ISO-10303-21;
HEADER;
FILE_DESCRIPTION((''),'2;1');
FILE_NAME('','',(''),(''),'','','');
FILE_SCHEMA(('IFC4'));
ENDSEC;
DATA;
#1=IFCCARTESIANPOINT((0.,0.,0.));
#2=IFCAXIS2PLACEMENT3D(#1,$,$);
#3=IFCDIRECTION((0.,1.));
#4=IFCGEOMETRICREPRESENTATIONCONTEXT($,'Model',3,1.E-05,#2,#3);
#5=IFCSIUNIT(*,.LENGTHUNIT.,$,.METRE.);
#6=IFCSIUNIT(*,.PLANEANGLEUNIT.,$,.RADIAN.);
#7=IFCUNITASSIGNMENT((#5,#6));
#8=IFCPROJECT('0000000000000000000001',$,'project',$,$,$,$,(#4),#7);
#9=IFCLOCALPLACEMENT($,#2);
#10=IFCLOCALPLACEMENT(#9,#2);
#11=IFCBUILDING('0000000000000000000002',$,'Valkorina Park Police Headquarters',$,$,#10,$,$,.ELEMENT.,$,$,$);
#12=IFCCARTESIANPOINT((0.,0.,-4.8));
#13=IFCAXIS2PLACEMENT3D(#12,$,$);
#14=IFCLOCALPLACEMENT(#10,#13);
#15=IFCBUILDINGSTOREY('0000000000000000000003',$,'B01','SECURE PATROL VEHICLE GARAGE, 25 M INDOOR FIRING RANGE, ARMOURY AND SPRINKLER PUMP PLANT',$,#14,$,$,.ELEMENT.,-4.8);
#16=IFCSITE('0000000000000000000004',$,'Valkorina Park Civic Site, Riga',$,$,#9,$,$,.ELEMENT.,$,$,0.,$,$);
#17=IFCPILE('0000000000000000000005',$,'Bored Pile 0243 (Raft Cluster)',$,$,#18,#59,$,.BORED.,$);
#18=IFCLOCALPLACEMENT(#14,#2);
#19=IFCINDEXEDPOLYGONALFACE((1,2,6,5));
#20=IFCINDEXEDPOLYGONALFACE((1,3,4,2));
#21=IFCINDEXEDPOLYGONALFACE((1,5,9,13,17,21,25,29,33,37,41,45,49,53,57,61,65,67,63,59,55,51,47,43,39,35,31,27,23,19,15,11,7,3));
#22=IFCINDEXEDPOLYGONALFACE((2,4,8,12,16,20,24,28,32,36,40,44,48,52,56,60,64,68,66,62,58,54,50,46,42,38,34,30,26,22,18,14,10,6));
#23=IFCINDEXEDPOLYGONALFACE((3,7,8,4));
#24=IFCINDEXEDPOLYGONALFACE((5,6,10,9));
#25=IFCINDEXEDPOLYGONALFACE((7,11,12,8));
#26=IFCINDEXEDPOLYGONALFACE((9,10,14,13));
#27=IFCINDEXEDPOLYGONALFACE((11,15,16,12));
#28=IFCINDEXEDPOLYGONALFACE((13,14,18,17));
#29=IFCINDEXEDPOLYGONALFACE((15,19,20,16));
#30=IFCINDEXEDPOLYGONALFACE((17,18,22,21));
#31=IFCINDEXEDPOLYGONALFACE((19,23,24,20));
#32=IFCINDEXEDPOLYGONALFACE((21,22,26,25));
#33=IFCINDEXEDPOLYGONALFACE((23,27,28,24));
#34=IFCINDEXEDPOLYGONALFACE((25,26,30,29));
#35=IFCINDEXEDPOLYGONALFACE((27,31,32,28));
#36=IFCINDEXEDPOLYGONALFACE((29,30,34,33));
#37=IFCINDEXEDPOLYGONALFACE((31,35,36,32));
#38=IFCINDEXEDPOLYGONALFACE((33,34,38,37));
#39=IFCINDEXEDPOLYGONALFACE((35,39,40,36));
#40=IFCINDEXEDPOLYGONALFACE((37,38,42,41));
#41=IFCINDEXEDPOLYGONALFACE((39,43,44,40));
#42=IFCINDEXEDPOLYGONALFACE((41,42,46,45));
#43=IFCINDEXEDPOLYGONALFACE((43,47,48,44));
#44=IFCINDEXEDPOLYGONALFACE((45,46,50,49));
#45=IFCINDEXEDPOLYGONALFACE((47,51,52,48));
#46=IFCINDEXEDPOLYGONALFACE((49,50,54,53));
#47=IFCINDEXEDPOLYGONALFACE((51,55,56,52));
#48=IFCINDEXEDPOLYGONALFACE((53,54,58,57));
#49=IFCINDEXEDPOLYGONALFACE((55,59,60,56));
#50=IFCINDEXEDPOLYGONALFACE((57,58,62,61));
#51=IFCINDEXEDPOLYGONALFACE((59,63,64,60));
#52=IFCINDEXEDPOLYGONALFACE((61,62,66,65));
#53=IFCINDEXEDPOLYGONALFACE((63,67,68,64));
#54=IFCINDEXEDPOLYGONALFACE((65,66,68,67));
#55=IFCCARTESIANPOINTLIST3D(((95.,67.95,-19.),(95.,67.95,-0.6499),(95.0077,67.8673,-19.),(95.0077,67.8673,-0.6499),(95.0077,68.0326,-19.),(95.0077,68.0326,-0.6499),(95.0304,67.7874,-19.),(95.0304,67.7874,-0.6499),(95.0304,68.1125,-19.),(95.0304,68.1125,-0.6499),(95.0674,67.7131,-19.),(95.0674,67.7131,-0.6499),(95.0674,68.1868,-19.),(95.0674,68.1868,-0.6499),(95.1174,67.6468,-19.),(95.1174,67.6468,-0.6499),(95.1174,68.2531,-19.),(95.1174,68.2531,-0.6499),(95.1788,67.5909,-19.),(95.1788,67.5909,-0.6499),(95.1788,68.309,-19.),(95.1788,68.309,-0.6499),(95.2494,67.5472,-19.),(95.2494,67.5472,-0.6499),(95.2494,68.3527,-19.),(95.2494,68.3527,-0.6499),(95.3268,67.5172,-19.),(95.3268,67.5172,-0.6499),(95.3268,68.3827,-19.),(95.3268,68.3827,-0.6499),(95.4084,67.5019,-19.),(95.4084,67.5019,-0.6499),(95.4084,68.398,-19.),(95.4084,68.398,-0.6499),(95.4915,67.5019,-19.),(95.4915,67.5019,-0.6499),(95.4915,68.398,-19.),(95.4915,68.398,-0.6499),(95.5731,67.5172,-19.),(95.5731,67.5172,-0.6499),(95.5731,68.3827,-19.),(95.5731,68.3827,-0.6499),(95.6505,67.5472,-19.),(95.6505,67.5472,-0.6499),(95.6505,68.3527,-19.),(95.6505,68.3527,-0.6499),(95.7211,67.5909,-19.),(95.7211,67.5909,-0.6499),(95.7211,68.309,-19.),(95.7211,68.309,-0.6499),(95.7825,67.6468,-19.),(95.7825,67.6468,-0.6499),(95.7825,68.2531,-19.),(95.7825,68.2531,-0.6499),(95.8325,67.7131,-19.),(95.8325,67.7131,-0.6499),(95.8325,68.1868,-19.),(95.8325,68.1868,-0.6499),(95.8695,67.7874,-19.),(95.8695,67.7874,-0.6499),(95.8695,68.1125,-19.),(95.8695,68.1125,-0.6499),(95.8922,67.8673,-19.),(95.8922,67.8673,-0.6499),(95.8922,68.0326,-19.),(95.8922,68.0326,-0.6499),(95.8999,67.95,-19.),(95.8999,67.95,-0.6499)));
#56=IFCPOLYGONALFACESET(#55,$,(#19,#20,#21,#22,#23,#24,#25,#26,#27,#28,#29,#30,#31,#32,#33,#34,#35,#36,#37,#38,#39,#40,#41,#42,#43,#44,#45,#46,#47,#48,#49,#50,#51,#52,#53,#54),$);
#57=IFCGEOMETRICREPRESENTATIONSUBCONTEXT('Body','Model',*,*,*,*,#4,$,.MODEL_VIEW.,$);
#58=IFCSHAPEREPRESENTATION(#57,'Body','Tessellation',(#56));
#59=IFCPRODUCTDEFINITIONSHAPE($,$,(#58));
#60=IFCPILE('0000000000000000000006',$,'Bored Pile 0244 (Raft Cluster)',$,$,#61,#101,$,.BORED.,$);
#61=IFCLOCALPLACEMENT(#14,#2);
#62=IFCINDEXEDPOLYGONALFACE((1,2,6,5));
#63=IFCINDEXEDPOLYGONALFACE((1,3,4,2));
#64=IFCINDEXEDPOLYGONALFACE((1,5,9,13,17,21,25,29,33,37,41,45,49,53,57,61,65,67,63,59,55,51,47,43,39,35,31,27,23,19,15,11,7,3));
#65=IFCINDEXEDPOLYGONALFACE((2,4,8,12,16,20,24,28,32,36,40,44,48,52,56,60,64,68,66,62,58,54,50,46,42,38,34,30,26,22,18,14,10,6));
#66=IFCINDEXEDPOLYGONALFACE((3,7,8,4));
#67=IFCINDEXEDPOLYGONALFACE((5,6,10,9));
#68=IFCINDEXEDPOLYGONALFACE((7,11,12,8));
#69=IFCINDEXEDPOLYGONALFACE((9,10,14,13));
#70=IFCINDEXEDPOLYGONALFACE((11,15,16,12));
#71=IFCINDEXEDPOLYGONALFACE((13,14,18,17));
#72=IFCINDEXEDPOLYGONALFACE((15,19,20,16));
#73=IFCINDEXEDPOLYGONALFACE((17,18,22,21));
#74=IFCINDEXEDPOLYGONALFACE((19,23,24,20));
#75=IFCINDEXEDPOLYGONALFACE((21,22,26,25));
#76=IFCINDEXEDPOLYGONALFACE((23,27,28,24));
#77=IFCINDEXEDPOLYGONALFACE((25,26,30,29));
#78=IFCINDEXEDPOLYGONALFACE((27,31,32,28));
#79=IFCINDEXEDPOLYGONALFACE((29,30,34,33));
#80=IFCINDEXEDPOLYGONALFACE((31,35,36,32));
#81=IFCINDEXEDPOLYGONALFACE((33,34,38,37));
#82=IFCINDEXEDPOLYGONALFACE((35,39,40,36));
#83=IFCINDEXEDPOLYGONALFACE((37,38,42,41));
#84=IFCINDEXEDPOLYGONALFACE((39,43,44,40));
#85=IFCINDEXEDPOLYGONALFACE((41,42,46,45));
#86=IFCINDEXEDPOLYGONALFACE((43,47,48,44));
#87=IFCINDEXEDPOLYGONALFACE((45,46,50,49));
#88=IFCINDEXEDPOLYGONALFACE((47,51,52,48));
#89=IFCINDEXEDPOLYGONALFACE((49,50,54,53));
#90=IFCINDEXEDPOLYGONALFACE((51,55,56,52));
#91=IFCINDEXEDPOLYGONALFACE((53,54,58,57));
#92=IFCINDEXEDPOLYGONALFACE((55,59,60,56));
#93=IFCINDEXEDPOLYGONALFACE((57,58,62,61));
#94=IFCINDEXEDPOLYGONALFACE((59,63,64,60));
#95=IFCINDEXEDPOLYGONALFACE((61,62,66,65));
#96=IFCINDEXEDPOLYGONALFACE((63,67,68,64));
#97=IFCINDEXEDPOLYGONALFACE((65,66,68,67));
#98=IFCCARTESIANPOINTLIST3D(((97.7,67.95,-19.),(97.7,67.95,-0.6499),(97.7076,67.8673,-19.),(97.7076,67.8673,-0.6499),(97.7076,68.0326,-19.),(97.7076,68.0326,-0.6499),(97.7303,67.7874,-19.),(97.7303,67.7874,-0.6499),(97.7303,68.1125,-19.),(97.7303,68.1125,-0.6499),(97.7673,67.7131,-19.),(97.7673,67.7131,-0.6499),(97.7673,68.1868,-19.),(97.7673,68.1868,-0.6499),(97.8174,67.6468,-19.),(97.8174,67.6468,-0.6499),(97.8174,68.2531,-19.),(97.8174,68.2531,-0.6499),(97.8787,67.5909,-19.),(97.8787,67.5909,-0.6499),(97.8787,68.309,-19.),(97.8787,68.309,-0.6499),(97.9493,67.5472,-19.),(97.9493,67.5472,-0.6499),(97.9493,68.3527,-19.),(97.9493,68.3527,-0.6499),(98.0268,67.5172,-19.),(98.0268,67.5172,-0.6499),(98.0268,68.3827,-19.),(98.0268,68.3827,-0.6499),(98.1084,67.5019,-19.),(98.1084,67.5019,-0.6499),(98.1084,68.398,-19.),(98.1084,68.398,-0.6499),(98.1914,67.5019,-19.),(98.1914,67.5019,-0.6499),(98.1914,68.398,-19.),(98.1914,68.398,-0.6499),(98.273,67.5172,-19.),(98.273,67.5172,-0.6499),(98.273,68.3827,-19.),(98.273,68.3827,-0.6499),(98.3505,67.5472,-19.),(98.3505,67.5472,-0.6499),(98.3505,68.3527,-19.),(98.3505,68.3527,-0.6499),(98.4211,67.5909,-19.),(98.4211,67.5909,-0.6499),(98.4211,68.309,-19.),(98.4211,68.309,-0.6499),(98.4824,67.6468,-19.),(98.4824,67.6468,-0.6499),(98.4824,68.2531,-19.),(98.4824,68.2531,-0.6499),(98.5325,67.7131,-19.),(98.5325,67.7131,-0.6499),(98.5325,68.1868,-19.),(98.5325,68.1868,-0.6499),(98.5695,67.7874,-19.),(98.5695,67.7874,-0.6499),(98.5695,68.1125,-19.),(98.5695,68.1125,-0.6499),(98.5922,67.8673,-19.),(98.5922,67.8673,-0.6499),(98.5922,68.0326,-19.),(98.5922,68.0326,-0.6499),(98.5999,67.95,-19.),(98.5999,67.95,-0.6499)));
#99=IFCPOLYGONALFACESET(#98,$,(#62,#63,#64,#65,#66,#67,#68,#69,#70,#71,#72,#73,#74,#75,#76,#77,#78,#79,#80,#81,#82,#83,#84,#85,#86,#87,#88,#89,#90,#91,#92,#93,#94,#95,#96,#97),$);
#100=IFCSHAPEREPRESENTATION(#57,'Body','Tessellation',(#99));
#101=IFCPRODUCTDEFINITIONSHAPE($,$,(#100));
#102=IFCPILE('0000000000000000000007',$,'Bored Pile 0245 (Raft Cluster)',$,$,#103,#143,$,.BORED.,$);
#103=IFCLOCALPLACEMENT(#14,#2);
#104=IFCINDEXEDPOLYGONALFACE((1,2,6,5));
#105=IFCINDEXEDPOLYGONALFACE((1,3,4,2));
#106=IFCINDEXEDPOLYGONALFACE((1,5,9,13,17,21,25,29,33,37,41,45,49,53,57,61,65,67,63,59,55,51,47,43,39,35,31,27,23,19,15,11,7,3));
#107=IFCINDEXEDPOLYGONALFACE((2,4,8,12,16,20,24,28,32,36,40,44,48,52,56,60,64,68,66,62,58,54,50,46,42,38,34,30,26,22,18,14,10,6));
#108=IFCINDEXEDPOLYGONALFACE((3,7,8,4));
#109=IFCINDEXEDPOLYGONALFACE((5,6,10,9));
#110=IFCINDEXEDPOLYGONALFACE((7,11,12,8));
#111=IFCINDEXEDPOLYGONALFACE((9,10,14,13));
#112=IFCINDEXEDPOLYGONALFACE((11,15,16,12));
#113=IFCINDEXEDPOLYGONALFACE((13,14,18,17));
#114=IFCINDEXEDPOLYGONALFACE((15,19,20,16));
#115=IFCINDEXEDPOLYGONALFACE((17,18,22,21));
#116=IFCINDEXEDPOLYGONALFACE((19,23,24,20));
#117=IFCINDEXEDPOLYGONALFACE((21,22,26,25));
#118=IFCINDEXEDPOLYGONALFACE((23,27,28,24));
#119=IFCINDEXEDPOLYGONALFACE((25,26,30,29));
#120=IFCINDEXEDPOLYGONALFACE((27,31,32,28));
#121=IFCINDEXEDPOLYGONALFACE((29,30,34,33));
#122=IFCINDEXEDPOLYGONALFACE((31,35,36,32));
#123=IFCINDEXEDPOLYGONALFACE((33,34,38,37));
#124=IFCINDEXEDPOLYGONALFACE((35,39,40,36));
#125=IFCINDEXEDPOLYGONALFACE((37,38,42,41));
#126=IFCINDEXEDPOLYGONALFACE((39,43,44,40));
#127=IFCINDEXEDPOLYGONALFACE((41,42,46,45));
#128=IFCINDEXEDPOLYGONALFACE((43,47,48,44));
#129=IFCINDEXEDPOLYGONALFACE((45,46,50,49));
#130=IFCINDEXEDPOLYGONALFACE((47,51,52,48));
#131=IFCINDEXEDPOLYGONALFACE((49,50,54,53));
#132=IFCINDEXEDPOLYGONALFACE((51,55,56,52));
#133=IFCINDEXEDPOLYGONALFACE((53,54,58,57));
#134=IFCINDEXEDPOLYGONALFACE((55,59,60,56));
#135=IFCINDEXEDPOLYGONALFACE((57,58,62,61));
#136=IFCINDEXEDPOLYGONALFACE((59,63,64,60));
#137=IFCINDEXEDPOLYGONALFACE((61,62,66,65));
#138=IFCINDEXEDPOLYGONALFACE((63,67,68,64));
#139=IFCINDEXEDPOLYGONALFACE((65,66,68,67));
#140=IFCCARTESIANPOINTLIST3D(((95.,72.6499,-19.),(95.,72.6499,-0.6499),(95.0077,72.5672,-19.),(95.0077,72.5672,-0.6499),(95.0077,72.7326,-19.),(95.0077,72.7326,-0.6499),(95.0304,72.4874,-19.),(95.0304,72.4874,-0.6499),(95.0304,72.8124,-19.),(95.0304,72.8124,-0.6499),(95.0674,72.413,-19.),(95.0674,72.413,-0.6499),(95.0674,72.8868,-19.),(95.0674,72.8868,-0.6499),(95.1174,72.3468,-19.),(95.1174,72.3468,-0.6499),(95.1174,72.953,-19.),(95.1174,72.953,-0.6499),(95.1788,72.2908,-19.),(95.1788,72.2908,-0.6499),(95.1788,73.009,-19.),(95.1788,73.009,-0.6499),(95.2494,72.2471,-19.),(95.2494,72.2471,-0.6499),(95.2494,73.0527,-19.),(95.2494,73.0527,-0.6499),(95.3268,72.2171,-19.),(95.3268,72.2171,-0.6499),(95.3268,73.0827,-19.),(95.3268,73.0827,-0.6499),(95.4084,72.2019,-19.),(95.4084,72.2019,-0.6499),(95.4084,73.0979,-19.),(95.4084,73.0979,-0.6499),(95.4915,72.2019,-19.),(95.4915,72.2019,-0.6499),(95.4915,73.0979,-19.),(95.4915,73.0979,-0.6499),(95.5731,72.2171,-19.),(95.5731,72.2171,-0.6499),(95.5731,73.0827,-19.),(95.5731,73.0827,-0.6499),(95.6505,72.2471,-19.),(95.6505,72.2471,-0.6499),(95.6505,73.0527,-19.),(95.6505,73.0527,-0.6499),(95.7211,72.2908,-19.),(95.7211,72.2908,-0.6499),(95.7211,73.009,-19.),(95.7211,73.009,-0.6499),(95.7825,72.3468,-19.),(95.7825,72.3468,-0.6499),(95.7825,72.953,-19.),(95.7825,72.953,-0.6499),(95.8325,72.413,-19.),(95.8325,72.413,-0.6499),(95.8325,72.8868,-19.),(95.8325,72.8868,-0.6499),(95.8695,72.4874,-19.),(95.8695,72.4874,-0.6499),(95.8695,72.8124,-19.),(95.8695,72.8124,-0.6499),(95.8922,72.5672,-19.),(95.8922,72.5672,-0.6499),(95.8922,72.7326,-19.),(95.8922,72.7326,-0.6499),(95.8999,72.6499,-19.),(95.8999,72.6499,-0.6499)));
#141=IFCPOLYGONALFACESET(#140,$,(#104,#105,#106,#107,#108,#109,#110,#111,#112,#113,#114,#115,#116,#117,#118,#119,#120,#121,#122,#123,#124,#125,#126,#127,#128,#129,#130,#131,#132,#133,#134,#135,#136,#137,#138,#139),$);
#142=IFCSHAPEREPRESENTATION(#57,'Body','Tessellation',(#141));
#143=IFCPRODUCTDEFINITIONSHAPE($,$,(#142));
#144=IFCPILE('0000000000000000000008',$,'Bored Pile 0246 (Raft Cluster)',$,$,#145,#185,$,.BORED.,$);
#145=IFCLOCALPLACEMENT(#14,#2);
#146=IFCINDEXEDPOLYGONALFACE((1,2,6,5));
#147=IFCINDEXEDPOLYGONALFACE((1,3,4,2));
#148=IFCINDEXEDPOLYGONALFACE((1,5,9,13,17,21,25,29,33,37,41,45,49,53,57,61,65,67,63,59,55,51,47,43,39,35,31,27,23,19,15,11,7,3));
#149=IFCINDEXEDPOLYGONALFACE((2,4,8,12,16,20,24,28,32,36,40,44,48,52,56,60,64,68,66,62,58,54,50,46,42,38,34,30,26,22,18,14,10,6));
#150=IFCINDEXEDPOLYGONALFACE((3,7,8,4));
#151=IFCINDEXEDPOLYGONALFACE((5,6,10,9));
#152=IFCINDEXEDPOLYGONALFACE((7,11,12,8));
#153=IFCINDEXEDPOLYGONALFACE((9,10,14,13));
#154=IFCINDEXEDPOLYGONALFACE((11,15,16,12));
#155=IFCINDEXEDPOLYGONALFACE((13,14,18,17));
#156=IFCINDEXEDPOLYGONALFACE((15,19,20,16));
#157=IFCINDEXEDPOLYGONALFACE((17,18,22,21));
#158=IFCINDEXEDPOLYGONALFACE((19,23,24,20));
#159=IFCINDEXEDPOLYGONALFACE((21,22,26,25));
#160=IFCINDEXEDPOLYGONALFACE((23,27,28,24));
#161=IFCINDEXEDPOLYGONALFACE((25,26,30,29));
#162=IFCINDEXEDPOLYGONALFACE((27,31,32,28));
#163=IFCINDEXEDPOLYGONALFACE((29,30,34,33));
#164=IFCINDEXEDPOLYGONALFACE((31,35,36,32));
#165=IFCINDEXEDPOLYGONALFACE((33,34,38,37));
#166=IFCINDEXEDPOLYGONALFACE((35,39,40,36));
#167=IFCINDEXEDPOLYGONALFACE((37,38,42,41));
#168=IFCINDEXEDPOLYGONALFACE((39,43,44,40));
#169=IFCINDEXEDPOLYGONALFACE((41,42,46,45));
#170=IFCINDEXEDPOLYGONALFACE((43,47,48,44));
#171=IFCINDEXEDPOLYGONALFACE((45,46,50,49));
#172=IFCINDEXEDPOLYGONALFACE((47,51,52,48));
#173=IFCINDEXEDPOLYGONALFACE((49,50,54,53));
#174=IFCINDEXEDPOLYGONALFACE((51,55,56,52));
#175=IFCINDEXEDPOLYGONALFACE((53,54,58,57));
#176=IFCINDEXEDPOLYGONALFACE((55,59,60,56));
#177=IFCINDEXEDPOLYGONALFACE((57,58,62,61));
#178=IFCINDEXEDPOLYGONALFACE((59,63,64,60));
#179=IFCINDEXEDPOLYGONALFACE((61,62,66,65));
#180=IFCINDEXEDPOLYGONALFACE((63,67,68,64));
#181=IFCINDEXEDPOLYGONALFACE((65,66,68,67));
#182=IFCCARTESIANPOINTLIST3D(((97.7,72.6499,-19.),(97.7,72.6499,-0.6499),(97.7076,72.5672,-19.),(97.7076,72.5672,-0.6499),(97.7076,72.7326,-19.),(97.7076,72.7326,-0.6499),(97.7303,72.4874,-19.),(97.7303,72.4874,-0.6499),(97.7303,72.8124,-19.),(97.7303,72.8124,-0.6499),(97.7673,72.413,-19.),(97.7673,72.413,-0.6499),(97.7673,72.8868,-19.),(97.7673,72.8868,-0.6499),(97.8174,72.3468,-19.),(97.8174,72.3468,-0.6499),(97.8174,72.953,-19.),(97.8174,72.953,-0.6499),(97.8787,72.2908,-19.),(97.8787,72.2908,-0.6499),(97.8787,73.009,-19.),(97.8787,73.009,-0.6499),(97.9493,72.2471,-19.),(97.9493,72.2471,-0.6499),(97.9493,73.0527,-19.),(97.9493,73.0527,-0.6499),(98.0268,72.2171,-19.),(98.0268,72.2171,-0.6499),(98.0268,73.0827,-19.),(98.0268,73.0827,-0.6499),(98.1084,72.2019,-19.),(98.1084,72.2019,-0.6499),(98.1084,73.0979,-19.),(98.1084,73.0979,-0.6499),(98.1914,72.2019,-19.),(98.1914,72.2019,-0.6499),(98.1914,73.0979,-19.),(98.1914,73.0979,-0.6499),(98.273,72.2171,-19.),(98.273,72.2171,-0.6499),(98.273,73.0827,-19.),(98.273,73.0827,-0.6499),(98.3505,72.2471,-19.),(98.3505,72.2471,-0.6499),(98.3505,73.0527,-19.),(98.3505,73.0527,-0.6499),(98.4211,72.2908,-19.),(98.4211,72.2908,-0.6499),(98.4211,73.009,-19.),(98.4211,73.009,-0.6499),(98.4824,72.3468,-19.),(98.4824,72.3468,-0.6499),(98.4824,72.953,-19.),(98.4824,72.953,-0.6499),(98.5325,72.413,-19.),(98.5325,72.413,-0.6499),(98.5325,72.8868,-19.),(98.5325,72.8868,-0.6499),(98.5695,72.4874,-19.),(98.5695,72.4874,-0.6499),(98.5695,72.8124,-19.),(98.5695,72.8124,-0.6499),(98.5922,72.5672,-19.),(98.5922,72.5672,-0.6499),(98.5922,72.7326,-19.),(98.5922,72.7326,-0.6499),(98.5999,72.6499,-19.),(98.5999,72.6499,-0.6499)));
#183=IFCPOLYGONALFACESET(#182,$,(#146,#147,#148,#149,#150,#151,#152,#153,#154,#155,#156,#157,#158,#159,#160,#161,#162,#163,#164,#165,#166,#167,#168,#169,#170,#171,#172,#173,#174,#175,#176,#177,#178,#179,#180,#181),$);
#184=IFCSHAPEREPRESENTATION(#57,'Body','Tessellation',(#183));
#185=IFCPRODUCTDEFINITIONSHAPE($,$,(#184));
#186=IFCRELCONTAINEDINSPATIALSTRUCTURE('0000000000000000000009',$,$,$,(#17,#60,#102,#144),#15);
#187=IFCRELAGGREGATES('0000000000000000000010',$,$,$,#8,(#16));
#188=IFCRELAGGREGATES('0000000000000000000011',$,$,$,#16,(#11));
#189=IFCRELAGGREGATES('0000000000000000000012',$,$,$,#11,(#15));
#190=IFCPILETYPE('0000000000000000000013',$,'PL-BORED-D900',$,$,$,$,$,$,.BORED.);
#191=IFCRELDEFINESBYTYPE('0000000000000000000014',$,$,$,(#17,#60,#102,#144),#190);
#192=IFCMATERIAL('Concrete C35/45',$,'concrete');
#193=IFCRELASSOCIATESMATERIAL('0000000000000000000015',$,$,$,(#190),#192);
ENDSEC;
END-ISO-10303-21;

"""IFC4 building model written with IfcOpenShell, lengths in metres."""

from ifc_helpers import new_model, si_unit, direction, frame, origin, origin_2d, place, context, subcontext, project, spatial, circle, extrude, material, material_profile, profile_set, type_object, element, save


model = new_model("IFC4")

# Units and contexts
model_context = context("Model", 3, precision=1e-05, world=origin(), true_north=direction((0.0, 1.0)))
body_context = subcontext(model_context, "Body", "Model", "MODEL_VIEW")
ifc_project = project(units=[si_unit("LENGTHUNIT", "METRE"), si_unit("PLANEANGLEUNIT", "RADIAN")], contexts=[model_context])

# Site, building, storey
site_placement = place(None, origin())
site = spatial("IfcSite", under=ifc_project, at=site_placement, Name="Valkorina Park Civic Site, Riga", CompositionType="ELEMENT", RefElevation=0.0)
building_placement = place(site_placement, origin())
building = spatial("IfcBuilding", under=site, at=building_placement, Name="Valkorina Park Police Headquarters", CompositionType="ELEMENT")
storey_placement = place(building_placement, frame((0.0, 0.0, -4.8)))
storey = spatial("IfcBuildingStorey", under=building, at=storey_placement, Name="B01", Description="SECURE PATROL VEHICLE GARAGE, 25 M INDOOR FIRING RANGE, ARMOURY AND SPRINKLER PUMP PLANT", CompositionType="ELEMENT", Elevation=-4.8)

# Piles
ifc_material_1 = material(Name="Concrete C35/45", Category="concrete")
ifc_material_profile_1 = material_profile(ifc_material_1, circle(Radius=0.45, at=origin_2d()), Name="BORED PILE D900")
ifc_profile_set_1 = profile_set([ifc_material_profile_1], Name="Concrete C35/45")
pile_type = type_object("IfcPileType", Name="PL-BORED-D900", PredefinedType="BORED", material=ifc_profile_set_1)
for number, where, z_axis, x_axis, name in (
    (1, (95.45, 67.95, -0.6499), (0.0, 0.0, -1.0), (1.0, 0.0, 0.0), "Bored Pile 0243 (Raft Cluster)"),
    (2, (98.1499, 67.95, -0.6499), (0.0, 0.0, -1.0), (1.0, 0.0, 0.0), "Bored Pile 0244 (Raft Cluster)"),
    (3, (95.45, 72.6499, -0.6499), (0.0, 0.0, -1.0), (1.0, 0.0, 0.0), "Bored Pile 0245 (Raft Cluster)"),
    (4, (98.1499, 72.6499, -0.6499), (0.0, 0.0, -1.0), (1.0, 0.0, 0.0), "Bored Pile 0246 (Raft Cluster)"),
):
    element("IfcPile", number, at=place(storey_placement, frame(where, z_axis=z_axis, x_axis=x_axis)), inside=storey, type_object=pile_type, Name=name, PredefinedType="BORED", context=body_context, shape_type="SweptSolid", body=[
        extrude(circle(Radius=0.45, at=origin_2d()), origin(), (0.0, 0.0, 1.0), 18.3501),
    ])

save(model, "model.ifc")
